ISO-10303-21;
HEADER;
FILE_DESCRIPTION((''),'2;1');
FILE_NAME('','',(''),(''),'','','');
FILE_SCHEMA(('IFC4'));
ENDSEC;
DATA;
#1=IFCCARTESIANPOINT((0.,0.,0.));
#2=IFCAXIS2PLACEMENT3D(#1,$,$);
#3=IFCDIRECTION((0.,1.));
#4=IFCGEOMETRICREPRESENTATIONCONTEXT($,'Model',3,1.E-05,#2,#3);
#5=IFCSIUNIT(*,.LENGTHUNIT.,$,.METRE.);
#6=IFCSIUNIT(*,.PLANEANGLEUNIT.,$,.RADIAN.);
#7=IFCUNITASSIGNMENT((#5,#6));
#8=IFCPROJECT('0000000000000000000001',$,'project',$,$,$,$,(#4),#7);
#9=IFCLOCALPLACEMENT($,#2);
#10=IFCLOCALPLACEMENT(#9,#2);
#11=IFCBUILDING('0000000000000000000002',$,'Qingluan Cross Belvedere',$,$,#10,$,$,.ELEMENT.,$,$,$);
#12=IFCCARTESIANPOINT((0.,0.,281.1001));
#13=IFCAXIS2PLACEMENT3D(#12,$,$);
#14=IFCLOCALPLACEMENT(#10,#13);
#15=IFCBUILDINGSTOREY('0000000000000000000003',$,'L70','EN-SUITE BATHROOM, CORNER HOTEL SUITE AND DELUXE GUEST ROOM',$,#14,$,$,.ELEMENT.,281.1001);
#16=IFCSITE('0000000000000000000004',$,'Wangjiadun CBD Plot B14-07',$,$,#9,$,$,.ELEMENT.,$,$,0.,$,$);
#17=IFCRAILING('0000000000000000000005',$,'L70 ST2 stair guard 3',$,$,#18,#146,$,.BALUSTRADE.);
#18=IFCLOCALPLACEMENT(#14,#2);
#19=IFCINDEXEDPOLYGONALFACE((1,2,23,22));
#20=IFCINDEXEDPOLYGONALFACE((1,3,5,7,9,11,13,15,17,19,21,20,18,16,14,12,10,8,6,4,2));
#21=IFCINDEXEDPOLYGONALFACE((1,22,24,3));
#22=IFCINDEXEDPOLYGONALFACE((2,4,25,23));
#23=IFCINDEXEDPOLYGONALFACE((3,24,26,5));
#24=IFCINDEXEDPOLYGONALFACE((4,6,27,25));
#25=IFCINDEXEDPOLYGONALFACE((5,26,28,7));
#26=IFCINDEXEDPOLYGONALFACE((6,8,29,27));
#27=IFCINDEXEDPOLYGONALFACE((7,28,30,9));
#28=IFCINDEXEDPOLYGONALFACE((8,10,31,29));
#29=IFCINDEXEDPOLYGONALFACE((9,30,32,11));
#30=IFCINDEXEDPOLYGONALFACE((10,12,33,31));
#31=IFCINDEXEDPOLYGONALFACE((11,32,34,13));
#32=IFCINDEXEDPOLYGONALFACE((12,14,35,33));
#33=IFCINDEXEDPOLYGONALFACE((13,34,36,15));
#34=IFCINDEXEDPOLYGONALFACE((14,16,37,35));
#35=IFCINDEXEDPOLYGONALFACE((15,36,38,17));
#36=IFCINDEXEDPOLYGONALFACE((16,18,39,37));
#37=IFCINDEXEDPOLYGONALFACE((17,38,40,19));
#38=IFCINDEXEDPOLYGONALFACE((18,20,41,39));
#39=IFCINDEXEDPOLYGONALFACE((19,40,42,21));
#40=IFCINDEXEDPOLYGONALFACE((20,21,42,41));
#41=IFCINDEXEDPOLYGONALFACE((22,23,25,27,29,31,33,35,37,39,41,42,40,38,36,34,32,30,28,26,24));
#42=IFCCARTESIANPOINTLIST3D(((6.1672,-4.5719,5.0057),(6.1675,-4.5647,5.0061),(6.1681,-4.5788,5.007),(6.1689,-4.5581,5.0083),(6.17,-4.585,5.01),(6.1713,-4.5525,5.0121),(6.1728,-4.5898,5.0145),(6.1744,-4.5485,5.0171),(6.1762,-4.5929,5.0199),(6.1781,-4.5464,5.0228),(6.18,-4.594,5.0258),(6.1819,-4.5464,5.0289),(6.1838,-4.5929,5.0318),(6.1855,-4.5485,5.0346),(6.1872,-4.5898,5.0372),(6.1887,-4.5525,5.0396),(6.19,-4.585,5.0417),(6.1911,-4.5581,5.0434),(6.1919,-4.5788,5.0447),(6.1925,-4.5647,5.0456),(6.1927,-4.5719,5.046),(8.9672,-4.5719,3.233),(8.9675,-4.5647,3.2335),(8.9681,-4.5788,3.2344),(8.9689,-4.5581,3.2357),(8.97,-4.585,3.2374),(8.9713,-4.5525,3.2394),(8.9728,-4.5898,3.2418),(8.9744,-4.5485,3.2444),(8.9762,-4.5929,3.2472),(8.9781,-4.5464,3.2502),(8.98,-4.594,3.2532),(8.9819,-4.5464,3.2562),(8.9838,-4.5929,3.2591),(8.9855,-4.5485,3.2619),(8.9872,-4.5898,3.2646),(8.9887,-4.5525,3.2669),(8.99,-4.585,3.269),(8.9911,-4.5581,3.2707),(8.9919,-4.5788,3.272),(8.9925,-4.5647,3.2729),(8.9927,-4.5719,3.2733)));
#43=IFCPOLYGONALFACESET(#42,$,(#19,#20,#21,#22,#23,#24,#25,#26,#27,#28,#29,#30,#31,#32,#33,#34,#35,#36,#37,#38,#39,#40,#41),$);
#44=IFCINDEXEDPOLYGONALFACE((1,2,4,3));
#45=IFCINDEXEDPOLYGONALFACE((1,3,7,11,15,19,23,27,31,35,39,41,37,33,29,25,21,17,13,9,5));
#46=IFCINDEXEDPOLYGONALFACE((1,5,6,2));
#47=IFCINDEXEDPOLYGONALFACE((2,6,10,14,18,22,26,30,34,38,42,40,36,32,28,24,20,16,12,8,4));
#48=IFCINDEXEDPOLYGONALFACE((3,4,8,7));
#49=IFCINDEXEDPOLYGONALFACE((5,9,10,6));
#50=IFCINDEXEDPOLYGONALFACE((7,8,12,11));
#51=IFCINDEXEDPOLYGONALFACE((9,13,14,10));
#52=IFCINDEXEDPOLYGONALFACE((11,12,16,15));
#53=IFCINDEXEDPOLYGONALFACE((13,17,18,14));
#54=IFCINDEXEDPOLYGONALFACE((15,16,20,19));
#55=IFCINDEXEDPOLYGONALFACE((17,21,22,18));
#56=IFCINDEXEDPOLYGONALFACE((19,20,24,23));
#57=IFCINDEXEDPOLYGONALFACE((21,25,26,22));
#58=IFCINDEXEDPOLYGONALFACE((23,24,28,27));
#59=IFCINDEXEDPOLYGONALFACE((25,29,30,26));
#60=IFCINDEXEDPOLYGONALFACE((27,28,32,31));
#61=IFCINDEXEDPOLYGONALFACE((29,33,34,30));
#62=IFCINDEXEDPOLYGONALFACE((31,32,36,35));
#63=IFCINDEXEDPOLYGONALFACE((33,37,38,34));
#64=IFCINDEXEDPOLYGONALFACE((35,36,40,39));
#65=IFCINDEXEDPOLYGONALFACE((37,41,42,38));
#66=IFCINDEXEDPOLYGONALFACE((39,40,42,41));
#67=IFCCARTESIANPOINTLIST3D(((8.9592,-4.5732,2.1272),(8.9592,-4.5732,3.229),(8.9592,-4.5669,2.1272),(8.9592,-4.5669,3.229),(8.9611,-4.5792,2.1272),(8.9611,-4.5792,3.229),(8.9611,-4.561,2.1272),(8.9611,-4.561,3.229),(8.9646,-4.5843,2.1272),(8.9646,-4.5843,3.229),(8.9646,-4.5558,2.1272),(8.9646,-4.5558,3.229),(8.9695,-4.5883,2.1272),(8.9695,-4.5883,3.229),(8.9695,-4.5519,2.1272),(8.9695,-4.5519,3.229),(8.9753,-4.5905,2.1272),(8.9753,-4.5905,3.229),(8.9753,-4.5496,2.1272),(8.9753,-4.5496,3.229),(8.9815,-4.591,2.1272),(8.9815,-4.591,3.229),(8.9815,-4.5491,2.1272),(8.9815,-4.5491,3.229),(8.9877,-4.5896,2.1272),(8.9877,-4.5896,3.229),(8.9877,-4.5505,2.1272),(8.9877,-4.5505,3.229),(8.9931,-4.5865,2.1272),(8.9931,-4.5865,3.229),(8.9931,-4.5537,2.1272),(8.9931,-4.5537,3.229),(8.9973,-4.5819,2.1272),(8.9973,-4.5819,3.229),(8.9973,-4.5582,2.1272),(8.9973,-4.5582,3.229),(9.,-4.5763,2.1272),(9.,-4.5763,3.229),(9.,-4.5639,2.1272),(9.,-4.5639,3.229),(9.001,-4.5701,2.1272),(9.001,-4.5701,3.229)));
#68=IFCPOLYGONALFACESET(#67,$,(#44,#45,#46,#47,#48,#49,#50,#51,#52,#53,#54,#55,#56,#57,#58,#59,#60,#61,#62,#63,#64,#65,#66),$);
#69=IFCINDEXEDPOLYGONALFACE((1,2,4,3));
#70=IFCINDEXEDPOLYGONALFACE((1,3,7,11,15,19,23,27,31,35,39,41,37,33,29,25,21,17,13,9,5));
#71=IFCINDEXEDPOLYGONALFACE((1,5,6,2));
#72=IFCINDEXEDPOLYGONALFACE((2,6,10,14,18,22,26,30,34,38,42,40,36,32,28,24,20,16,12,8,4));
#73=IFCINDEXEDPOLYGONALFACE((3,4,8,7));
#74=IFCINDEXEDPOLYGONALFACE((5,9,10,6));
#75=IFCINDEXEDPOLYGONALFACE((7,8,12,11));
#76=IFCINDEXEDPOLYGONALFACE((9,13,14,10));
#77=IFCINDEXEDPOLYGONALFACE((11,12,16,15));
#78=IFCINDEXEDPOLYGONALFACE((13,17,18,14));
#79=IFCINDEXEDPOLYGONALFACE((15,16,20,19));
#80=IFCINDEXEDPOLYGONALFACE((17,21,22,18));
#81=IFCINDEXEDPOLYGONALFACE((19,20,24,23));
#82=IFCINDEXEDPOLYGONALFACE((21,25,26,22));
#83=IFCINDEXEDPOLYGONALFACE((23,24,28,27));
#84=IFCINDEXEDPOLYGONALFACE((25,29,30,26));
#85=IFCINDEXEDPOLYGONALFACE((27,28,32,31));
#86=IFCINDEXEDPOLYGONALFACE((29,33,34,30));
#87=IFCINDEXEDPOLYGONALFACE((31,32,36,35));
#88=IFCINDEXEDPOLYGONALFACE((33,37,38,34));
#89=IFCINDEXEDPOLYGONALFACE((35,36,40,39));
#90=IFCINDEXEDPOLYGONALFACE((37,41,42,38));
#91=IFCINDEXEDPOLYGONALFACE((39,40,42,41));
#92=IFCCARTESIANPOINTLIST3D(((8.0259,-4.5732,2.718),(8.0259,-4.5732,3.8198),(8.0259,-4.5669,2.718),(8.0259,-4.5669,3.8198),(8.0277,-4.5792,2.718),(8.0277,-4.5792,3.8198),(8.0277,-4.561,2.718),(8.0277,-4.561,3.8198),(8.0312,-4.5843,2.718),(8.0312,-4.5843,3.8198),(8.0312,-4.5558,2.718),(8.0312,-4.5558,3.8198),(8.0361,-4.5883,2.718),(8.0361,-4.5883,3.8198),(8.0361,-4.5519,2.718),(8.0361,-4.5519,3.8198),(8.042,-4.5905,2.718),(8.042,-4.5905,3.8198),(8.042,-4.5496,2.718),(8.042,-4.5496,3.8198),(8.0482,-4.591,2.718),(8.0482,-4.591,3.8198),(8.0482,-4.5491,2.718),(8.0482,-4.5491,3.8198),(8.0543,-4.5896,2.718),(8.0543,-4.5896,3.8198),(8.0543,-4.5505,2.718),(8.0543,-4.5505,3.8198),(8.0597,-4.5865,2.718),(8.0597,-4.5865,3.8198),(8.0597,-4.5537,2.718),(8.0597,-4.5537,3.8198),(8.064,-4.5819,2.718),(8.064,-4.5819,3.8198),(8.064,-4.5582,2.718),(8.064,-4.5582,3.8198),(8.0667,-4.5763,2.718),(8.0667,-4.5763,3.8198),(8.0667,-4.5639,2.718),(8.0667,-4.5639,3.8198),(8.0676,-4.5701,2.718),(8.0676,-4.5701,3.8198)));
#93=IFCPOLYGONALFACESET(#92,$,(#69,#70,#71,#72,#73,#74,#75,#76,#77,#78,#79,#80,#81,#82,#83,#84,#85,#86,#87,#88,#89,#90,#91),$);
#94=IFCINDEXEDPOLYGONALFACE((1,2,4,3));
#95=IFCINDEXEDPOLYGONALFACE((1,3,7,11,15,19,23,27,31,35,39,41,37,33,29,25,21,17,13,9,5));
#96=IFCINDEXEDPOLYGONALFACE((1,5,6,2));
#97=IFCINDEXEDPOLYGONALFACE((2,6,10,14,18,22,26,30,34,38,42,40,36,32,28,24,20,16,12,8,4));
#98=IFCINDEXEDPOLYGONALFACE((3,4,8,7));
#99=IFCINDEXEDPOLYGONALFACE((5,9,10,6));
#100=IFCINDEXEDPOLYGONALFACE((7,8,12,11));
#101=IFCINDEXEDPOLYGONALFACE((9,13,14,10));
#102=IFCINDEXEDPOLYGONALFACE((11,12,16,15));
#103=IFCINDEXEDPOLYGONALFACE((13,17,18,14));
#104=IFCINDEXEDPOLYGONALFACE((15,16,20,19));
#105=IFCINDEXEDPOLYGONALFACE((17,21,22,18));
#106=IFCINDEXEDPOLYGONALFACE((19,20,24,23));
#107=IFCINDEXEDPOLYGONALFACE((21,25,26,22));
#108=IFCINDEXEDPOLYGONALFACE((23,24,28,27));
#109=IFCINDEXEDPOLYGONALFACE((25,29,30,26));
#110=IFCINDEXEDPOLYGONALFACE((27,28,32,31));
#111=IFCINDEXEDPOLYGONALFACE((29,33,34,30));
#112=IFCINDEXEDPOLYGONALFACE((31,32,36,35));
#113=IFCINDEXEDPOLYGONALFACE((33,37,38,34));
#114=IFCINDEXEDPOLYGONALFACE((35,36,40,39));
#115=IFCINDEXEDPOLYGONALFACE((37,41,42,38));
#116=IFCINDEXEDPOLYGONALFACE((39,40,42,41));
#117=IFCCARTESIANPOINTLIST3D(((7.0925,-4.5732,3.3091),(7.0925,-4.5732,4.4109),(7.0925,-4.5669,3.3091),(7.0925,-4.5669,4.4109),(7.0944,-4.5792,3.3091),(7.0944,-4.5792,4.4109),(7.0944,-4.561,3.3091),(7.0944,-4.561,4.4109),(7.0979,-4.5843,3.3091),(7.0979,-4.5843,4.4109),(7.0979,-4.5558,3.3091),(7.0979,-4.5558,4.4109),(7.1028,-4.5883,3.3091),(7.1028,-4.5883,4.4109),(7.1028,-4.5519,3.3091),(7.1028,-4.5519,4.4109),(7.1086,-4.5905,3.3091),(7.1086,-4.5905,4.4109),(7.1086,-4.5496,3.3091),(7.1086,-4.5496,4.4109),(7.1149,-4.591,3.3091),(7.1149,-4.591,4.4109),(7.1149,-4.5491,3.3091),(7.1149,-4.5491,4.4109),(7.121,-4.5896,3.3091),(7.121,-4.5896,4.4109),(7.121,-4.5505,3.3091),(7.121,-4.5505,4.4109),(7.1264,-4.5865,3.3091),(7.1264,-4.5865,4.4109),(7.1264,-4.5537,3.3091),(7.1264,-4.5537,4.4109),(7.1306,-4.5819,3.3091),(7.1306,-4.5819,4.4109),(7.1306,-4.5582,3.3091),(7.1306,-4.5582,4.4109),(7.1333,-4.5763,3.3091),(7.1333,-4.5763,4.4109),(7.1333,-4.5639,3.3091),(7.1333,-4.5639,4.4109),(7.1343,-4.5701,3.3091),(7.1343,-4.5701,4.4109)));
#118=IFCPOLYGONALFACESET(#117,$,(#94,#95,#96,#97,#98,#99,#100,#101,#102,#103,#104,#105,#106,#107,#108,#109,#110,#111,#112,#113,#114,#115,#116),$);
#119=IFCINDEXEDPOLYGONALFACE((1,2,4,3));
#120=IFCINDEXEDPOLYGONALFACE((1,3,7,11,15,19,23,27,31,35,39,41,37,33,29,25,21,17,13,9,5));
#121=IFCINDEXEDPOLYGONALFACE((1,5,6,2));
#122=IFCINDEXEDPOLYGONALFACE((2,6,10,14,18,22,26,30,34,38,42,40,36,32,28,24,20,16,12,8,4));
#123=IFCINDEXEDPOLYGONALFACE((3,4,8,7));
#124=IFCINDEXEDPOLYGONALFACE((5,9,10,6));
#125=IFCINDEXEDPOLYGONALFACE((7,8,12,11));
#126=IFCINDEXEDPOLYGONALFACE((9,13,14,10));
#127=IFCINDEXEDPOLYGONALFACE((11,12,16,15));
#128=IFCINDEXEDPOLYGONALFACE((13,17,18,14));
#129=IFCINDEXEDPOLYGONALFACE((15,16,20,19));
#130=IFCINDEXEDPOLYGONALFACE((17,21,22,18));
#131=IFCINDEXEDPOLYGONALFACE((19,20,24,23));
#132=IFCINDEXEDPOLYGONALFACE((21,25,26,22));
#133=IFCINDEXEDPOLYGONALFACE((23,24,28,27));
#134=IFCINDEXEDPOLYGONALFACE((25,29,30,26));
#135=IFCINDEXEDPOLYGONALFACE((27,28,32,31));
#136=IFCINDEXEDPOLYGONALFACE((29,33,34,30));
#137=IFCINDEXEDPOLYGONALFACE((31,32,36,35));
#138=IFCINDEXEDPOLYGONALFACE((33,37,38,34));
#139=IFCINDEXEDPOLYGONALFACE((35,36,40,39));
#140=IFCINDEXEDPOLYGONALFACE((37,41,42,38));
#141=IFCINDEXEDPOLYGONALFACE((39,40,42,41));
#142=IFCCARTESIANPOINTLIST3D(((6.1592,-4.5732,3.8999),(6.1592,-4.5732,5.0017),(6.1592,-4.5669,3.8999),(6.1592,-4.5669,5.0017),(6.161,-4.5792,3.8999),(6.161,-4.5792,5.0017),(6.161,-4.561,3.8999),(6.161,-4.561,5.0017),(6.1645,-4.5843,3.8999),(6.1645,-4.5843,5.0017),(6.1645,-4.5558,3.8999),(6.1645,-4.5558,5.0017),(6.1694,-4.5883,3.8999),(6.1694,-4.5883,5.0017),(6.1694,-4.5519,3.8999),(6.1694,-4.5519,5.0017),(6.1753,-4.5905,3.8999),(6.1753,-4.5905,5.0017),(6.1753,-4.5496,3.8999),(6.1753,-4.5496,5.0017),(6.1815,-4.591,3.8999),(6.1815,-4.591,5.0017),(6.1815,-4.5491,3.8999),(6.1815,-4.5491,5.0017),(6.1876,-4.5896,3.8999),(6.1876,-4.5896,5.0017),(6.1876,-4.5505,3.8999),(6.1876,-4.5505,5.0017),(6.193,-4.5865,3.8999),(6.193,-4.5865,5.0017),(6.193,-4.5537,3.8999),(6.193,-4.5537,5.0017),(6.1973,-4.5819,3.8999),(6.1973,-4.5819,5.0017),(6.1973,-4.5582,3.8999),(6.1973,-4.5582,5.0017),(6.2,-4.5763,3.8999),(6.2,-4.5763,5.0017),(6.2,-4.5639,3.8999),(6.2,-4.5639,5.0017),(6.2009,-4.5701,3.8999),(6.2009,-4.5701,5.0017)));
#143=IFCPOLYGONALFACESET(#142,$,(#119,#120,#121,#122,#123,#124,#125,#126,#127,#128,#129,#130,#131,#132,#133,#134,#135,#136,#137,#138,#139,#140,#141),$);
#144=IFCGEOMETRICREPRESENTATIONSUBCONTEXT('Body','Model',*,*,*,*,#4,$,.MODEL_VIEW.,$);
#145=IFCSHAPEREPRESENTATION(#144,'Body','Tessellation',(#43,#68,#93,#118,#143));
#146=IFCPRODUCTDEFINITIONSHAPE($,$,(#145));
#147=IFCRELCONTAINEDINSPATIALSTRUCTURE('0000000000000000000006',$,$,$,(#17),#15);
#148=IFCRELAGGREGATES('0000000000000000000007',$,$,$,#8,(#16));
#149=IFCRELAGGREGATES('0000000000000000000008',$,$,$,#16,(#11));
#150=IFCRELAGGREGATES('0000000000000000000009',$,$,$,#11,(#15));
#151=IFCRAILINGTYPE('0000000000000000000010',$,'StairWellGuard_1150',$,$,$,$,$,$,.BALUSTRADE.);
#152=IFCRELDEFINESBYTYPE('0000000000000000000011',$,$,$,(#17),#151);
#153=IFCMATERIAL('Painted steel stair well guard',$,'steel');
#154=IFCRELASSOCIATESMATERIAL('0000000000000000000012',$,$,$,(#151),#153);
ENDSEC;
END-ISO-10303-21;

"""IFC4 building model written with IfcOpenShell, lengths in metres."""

from ifc_helpers import new_model, si_unit, direction, frame, origin, origin_2d, place, context, subcontext, project, spatial, circle, extrude, material, type_object, element, save


model = new_model("IFC4")

# Units and contexts
model_context = context("Model", 3, precision=1e-05, world=origin(), true_north=direction((0.0, 1.0)))
body_context = subcontext(model_context, "Body", "Model", "MODEL_VIEW")
ifc_project = project(units=[si_unit("LENGTHUNIT", "METRE"), si_unit("PLANEANGLEUNIT", "RADIAN")], contexts=[model_context])

# Site, building, storey
site_placement = place(None, origin())
site = spatial("IfcSite", under=ifc_project, at=site_placement, Name="Wangjiadun CBD Plot B14-07", CompositionType="ELEMENT", RefElevation=0.0)
building_placement = place(site_placement, origin())
building = spatial("IfcBuilding", under=site, at=building_placement, Name="Qingluan Cross Belvedere", CompositionType="ELEMENT")
storey_placement = place(building_placement, frame((0.0, 0.0, 281.1001)))
storey = spatial("IfcBuildingStorey", under=building, at=storey_placement, Name="L70", Description="EN-SUITE BATHROOM, CORNER HOTEL SUITE AND DELUXE GUEST ROOM", CompositionType="ELEMENT", Elevation=281.1001)

# Railing
ifc_material_1 = material(Name="Painted steel stair well guard", Category="steel")
railing_type_1 = type_object("IfcRailingType", Name="StairWellGuard_1150", PredefinedType="BALUSTRADE", material=ifc_material_1)
railing_1_placement = place(storey_placement, frame((8.98, -4.5701, 2.1272)))
element("IfcRailing", 1, at=railing_1_placement, inside=storey, type_object=railing_type_1, Name="L70 ST2 stair guard 3", PredefinedType="BALUSTRADE", context=body_context, shape_type="SweptSolid", body=[
    extrude(circle(Radius=0.0239, at=origin_2d()), frame((0.0, 0.0, 1.126), z_axis=(-0.844909, 0.0, 0.53491), x_axis=(0.0, -1.0, 0.0)), (0.0, 0.0, 1.0), 3.314),
    extrude(circle(Radius=0.021, at=origin_2d()), origin(), (0.0, 0.0, 1.0), 1.1018),
    extrude(circle(Radius=0.021, at=origin_2d()), frame((-0.9333, 0.0, 0.5908)), (0.0, 0.0, 1.0), 1.1018),
    extrude(circle(Radius=0.021, at=origin_2d()), frame((-1.8667, 0.0, 1.1819)), (0.0, 0.0, 1.0), 1.1018),
    extrude(circle(Radius=0.021, at=origin_2d()), frame((-2.8, 0.0, 1.7727)), (0.0, 0.0, 1.0), 1.1018),
])

save(model, "model.ifc")
